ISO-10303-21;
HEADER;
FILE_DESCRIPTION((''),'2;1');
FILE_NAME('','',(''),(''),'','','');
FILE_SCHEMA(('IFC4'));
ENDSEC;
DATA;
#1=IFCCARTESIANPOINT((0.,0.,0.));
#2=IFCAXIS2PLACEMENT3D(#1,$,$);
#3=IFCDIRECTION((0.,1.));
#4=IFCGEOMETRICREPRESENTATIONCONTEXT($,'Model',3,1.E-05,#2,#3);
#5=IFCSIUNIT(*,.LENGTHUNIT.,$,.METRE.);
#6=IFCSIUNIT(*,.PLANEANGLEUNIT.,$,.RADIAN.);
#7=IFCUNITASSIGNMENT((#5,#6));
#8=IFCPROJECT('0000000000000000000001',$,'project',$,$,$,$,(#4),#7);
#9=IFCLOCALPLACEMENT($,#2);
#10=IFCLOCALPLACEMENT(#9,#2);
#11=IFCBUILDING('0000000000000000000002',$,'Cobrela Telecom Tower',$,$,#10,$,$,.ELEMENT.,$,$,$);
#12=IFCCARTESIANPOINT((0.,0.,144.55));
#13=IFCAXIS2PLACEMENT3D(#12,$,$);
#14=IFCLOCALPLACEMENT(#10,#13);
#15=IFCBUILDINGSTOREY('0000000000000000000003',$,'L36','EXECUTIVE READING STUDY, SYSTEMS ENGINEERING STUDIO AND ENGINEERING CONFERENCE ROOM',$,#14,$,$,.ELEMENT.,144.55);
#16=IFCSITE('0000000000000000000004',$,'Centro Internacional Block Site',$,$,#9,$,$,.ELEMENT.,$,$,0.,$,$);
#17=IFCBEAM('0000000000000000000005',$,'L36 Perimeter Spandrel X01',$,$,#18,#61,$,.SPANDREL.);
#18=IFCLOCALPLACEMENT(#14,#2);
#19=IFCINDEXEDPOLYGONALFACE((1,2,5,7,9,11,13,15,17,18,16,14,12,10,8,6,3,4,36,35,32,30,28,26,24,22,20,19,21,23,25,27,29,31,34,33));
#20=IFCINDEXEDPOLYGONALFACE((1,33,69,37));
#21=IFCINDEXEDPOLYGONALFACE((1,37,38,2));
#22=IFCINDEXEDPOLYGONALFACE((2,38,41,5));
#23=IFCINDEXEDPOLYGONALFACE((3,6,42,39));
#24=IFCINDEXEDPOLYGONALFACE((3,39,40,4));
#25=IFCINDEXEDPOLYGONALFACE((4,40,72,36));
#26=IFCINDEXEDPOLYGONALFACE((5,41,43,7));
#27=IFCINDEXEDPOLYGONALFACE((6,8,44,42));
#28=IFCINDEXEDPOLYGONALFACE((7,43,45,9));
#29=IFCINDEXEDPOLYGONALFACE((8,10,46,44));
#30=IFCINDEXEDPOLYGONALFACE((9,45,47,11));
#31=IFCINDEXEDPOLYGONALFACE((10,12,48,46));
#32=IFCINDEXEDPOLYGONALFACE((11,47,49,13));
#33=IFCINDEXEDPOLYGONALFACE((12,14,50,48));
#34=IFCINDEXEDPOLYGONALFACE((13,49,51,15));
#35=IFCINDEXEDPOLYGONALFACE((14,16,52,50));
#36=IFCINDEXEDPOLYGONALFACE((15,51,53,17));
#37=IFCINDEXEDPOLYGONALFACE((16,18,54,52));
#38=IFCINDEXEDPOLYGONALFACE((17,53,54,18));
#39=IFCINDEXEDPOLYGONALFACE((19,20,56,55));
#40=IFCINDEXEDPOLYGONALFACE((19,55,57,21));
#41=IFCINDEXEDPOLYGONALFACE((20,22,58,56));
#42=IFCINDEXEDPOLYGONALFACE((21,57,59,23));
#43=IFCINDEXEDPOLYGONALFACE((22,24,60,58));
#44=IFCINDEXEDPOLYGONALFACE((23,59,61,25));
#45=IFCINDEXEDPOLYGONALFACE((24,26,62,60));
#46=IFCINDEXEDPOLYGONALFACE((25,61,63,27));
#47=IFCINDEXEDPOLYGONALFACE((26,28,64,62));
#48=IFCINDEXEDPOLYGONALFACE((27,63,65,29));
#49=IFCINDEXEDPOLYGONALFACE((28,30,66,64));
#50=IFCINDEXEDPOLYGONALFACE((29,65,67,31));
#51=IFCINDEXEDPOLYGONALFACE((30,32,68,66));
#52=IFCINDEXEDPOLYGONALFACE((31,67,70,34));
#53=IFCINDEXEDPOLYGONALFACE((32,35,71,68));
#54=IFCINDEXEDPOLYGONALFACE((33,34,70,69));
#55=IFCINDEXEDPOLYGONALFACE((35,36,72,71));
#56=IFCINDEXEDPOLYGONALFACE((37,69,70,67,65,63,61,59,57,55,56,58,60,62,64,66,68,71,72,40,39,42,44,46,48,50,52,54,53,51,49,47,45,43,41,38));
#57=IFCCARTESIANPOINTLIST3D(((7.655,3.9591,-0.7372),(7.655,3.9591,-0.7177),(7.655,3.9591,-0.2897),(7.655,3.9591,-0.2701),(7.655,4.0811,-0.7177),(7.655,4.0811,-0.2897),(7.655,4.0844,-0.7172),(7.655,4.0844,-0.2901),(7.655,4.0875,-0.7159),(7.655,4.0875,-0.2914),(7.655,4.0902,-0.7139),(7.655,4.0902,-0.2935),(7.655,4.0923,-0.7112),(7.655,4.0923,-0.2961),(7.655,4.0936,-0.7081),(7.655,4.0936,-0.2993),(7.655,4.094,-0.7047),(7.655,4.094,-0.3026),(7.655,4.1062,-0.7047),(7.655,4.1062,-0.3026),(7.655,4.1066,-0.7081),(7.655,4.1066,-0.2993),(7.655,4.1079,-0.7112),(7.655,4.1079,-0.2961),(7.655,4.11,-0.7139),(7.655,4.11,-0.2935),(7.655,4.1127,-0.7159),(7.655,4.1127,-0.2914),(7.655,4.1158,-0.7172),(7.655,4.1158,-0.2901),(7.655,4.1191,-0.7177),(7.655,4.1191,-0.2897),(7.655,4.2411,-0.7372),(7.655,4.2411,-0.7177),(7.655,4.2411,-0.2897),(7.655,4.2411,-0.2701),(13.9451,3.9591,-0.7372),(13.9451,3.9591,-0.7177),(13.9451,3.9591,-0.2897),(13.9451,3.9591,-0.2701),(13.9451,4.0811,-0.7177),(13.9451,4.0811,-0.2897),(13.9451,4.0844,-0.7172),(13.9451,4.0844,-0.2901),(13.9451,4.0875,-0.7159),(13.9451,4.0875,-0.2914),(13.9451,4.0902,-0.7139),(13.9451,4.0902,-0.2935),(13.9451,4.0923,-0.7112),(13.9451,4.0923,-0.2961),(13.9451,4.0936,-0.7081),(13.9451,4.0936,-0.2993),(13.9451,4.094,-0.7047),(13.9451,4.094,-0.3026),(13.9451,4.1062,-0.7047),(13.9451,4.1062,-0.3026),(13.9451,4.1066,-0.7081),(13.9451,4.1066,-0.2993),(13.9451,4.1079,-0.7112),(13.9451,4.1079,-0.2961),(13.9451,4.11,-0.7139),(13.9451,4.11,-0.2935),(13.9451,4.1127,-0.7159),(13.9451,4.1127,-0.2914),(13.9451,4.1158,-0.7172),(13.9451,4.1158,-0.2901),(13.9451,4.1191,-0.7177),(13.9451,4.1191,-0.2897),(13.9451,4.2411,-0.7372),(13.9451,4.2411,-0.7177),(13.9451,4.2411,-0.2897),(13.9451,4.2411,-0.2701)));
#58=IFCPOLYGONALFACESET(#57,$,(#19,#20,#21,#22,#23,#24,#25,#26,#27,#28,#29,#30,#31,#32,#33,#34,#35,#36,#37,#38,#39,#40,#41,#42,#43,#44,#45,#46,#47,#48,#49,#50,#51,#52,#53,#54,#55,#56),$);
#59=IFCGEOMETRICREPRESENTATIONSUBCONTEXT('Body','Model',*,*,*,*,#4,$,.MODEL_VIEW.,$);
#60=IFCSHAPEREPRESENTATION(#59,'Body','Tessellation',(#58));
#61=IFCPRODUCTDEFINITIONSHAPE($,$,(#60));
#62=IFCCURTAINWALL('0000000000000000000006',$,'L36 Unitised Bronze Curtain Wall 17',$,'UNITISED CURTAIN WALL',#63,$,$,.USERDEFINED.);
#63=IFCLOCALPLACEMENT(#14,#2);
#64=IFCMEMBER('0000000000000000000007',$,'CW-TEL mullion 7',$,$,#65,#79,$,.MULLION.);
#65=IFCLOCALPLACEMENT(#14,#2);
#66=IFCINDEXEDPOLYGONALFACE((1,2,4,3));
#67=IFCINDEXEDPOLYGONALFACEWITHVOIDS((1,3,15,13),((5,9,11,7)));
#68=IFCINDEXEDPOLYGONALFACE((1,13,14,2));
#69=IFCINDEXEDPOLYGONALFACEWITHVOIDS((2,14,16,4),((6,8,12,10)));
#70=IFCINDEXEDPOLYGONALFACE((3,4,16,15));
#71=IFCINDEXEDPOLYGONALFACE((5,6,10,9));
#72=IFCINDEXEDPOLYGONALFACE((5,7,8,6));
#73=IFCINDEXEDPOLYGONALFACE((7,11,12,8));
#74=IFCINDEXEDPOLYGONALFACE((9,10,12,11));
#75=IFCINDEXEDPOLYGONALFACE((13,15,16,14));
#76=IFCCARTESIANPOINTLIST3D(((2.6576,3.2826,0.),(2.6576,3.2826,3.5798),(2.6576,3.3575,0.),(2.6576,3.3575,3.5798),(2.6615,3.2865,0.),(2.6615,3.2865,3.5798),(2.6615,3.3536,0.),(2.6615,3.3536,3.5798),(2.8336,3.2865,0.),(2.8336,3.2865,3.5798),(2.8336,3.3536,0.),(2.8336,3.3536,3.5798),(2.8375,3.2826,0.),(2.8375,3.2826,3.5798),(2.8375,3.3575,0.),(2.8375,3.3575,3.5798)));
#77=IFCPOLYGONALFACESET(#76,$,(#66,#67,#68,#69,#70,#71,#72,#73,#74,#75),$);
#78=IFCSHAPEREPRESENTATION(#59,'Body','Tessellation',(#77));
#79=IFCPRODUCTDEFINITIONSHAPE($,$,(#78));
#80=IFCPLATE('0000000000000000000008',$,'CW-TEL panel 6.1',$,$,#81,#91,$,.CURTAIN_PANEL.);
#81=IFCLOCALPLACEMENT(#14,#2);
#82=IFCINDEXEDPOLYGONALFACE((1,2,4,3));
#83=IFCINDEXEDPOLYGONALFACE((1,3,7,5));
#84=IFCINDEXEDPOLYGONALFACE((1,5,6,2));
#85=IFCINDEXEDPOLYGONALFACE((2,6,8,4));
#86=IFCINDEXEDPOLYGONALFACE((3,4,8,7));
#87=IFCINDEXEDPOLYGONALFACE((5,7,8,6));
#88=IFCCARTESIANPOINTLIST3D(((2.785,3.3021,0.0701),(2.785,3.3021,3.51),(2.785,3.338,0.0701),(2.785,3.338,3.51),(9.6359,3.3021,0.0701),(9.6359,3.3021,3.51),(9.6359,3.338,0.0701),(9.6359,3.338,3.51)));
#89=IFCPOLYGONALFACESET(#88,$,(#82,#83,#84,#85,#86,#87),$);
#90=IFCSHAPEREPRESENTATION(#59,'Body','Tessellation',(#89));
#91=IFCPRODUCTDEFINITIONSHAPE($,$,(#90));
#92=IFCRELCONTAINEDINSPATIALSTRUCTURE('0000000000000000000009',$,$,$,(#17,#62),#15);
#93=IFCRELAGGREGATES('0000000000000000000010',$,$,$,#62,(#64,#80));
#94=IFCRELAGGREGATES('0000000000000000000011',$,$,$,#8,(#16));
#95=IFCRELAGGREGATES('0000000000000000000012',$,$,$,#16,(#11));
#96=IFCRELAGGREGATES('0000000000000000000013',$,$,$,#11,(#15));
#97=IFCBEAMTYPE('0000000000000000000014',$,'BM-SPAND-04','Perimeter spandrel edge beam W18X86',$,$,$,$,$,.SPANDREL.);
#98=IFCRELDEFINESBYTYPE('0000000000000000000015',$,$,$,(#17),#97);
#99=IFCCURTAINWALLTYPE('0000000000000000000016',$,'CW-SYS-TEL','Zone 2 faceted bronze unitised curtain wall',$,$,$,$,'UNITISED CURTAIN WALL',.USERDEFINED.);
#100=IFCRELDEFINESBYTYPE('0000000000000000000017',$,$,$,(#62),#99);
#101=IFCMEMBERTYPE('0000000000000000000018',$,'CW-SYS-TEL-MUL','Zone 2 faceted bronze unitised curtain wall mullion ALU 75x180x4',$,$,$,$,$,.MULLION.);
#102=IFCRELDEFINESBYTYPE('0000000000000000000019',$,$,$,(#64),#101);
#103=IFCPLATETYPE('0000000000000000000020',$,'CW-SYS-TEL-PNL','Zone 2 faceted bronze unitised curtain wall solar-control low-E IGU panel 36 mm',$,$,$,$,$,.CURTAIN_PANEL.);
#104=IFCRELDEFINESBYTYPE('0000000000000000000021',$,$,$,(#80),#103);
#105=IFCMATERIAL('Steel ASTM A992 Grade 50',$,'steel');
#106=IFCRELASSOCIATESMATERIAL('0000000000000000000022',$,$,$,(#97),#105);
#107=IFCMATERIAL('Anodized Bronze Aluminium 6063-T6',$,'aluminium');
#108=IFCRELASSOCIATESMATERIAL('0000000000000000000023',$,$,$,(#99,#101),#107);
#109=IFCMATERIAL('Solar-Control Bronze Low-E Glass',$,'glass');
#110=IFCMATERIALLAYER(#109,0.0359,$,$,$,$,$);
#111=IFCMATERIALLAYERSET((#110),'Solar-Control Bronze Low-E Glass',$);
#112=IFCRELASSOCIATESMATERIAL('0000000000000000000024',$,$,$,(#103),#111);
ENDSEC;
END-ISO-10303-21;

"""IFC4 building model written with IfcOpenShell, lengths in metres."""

from ifc_helpers import new_model, si_unit, direction, frame, origin, origin_2d, place, context, subcontext, project, spatial, rectangle, hollow_rectangle, i_section, extrude, material, layer, layer_set, material_profile, profile_set, type_object, element, aggregate, save


model = new_model("IFC4")

# Units and contexts
model_context = context("Model", 3, precision=1e-05, world=origin(), true_north=direction((0.0, 1.0)))
body_context = subcontext(model_context, "Body", "Model", "MODEL_VIEW")
ifc_project = project(units=[si_unit("LENGTHUNIT", "METRE"), si_unit("PLANEANGLEUNIT", "RADIAN")], contexts=[model_context])

# Site, building, storey
site_placement = place(None, origin())
site = spatial("IfcSite", under=ifc_project, at=site_placement, Name="Centro Internacional Block Site", CompositionType="ELEMENT", RefElevation=0.0)
building_placement = place(site_placement, origin())
building = spatial("IfcBuilding", under=site, at=building_placement, Name="Cobrela Telecom Tower", CompositionType="ELEMENT")
storey_placement = place(building_placement, frame((0.0, 0.0, 144.55)))
storey = spatial("IfcBuildingStorey", under=building, at=storey_placement, Name="L36", Description="EXECUTIVE READING STUDY, SYSTEMS ENGINEERING STUDIO AND ENGINEERING CONFERENCE ROOM", CompositionType="ELEMENT", Elevation=144.55)

# Beam
ifc_material_1 = material(Name="Steel ASTM A992 Grade 50", Category="steel")
ifc_material_profile_1 = material_profile(ifc_material_1, i_section(OverallWidth=0.282, OverallDepth=0.467, WebThickness=0.0122, FlangeThickness=0.0195, FilletRadius=0.0129, at=origin_2d()), Name="W18X86")
ifc_profile_set_1 = profile_set([ifc_material_profile_1], Name="Steel ASTM A992 Grade 50")
beam_type_1 = type_object("IfcBeamType", Name="BM-SPAND-04", Description="Perimeter spandrel edge beam W18X86", PredefinedType="SPANDREL", material=ifc_profile_set_1)
beam_1_placement = place(storey_placement, frame((7.655, 4.1001, -0.5037), z_axis=(1.0, 0.0, 0.0), x_axis=(0.0, 1.0, 0.0)))
element("IfcBeam", 1, at=beam_1_placement, inside=storey, type_object=beam_type_1, Name="L36 Perimeter Spandrel X01", PredefinedType="SPANDREL", context=body_context, shape_type="SweptSolid", body=[
    extrude(i_section(OverallWidth=0.282, OverallDepth=0.467, WebThickness=0.0122, FlangeThickness=0.0195, FilletRadius=0.0129, at=origin_2d()), origin(), (0.0, 0.0, 1.0), 6.29),
])

# Curtain wall, member, plate
ifc_material_2 = material(Name="Anodized Bronze Aluminium 6063-T6", Category="aluminium")
curtain_wall_type = type_object("IfcCurtainWallType", Name="CW-SYS-TEL", Description="Zone 2 faceted bronze unitised curtain wall", ElementType="UNITISED CURTAIN WALL", PredefinedType="USERDEFINED", material=ifc_material_2)
curtain_wall_placement = place(storey_placement, origin())
curtain_wall = element("IfcCurtainWall", 2, at=curtain_wall_placement, inside=storey, type_object=curtain_wall_type, Name="L36 Unitised Bronze Curtain Wall 17", ObjectType="UNITISED CURTAIN WALL", PredefinedType="USERDEFINED")
ifc_material_profile_2 = material_profile(ifc_material_2, hollow_rectangle(XDim=0.075, YDim=0.1799, WallThickness=0.0039, at=origin_2d()), Name="ALU 75x180x4")
ifc_profile_set_2 = profile_set([ifc_material_profile_2], Name="Anodized Bronze Aluminium 6063-T6")
member_type = type_object("IfcMemberType", Name="CW-SYS-TEL-MUL", Description="Zone 2 faceted bronze unitised curtain wall mullion ALU 75x180x4", PredefinedType="MULLION", material=ifc_profile_set_2)
member_placement = place(storey_placement, frame((2.7476, 3.3201, 0.0), z_axis=(0.0, 0.0, 1.0), x_axis=(0.0, -1.0, 0.0)))
member = element("IfcMember", 3, at=member_placement, type_object=member_type, Name="CW-TEL mullion 7", PredefinedType="MULLION", context=body_context, shape_type="SweptSolid", body=[
    extrude(hollow_rectangle(XDim=0.075, YDim=0.1799, WallThickness=0.0039, at=origin_2d()), origin(), (0.0, 0.0, 1.0), 3.5798),
])
ifc_material_3 = material(Name="Solar-Control Bronze Low-E Glass", Category="glass")
ifc_layer_1 = layer(ifc_material_3, 0.0359)
ifc_layer_set_1 = layer_set([ifc_layer_1], Name="Solar-Control Bronze Low-E Glass")
plate_type = type_object("IfcPlateType", Name="CW-SYS-TEL-PNL", Description="Zone 2 faceted bronze unitised curtain wall solar-control low-E IGU panel 36 mm", PredefinedType="CURTAIN_PANEL", material=ifc_layer_set_1)
plate_placement = place(storey_placement, frame((6.2104, 3.3201, 0.0701), z_axis=(0.0, 0.0, 1.0), x_axis=(-1.0, 0.0, 0.0)))
plate = element("IfcPlate", 4, at=plate_placement, type_object=plate_type, Name="CW-TEL panel 6.1", PredefinedType="CURTAIN_PANEL", context=body_context, shape_type="SweptSolid", body=[
    extrude(rectangle(XDim=6.8508, YDim=0.0359, at=origin_2d()), origin(), (0.0, 0.0, 1.0), 3.4399),
])
aggregate(curtain_wall, [member, plate])

save(model, "model.ifc")
